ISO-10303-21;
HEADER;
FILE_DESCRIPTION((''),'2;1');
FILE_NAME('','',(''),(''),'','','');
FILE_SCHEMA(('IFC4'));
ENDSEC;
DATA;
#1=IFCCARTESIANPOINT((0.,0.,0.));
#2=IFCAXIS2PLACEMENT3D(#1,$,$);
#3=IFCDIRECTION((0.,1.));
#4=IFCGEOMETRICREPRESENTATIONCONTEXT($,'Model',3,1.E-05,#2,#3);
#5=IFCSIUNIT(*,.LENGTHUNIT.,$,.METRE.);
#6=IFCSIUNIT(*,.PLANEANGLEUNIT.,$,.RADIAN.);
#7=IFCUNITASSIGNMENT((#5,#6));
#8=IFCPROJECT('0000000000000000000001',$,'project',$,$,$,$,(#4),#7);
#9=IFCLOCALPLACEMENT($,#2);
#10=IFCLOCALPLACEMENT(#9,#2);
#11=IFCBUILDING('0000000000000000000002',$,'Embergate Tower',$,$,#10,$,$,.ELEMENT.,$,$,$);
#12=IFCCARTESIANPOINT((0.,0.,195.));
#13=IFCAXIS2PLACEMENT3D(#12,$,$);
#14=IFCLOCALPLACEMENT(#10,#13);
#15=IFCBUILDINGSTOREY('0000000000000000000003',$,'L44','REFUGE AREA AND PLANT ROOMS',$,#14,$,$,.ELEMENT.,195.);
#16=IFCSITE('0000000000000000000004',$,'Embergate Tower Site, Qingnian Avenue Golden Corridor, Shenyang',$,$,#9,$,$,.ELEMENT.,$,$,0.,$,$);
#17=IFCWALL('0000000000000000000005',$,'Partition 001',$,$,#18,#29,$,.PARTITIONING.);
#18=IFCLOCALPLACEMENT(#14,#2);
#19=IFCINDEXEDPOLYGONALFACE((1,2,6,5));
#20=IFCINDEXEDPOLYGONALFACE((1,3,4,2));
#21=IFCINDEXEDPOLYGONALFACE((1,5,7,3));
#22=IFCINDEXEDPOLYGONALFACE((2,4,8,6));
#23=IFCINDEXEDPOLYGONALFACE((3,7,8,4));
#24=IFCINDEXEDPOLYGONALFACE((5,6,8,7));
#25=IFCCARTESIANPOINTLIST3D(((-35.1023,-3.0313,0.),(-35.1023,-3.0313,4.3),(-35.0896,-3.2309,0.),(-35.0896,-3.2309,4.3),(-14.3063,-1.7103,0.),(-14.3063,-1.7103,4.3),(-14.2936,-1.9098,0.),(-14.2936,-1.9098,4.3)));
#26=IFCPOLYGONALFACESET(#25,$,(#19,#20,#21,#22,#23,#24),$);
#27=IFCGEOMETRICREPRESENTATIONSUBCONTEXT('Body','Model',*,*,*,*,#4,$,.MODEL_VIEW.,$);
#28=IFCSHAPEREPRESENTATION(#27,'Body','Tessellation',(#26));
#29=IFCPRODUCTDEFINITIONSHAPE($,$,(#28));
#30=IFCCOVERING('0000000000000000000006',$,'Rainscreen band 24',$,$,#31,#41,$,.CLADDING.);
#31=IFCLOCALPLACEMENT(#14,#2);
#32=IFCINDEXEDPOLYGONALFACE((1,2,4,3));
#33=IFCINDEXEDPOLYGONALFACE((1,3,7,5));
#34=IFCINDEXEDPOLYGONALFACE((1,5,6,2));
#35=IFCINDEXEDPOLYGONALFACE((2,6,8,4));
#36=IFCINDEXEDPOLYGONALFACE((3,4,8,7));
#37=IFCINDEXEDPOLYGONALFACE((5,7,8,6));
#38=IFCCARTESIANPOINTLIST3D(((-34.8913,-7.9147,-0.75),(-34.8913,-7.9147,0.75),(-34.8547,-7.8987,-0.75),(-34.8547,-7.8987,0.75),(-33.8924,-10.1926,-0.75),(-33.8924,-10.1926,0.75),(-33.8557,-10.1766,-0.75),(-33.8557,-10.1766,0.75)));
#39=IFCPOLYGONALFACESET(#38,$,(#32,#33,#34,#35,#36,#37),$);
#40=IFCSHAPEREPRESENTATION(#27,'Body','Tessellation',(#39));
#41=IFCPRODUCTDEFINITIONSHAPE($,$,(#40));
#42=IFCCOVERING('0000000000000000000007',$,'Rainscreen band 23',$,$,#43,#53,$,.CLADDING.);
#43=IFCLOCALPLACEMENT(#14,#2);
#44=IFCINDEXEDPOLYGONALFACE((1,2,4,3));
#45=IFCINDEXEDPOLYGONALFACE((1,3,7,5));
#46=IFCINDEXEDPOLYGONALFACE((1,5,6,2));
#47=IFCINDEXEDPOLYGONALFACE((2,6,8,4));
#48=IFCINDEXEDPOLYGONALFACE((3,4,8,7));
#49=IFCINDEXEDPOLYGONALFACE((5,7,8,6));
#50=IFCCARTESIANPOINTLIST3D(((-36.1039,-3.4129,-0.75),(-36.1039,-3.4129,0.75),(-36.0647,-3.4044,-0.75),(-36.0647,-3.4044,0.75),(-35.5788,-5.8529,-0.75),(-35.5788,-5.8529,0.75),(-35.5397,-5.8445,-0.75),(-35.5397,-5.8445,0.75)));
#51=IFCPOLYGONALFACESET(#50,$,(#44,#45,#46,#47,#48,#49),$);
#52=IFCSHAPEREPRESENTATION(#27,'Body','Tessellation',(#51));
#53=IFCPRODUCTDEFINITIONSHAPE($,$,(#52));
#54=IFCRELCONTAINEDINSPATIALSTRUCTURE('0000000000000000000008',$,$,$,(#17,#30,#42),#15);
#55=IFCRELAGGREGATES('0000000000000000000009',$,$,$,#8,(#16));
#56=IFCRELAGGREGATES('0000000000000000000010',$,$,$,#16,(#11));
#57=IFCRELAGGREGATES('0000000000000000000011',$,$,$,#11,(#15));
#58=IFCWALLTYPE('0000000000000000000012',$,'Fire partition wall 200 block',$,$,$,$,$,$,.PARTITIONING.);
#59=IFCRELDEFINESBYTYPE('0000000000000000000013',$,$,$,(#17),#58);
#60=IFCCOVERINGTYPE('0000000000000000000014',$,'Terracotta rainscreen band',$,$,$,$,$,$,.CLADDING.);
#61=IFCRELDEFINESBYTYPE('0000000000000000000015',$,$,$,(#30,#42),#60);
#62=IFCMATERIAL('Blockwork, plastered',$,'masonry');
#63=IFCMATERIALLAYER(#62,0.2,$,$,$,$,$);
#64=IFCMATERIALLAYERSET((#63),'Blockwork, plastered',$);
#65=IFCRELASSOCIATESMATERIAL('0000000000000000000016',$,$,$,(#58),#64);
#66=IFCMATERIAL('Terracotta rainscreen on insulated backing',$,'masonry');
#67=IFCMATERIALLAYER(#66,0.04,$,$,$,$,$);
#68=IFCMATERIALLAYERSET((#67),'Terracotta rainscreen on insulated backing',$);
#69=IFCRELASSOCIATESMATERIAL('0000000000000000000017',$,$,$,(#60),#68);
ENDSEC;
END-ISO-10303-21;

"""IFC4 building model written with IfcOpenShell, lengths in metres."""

from ifc_helpers import new_model, si_unit, direction, frame, frame_2d, origin, origin_2d, place, context, subcontext, project, spatial, rectangle, extrude, source, transform, mapped, material, layer, layer_set, type_object, element, save


model = new_model("IFC4")

# Units and contexts
model_context = context("Model", 3, precision=1e-05, world=origin(), true_north=direction((0.0, 1.0)))
body_context = subcontext(model_context, "Body", "Model", "MODEL_VIEW")
ifc_project = project(units=[si_unit("LENGTHUNIT", "METRE"), si_unit("PLANEANGLEUNIT", "RADIAN")], contexts=[model_context])

# Site, building, storey
site_placement = place(None, origin())
site = spatial("IfcSite", under=ifc_project, at=site_placement, Name="Embergate Tower Site, Qingnian Avenue Golden Corridor, Shenyang", CompositionType="ELEMENT", RefElevation=0.0)
building_placement = place(site_placement, origin())
building = spatial("IfcBuilding", under=site, at=building_placement, Name="Embergate Tower", CompositionType="ELEMENT")
storey_placement = place(building_placement, frame((0.0, 0.0, 195.0)))
storey = spatial("IfcBuildingStorey", under=building, at=storey_placement, Name="L44", Description="REFUGE AREA AND PLANT ROOMS", CompositionType="ELEMENT", Elevation=195.0)

# Wall
ifc_material_1 = material(Name="Blockwork, plastered", Category="masonry")
ifc_layer_1 = layer(ifc_material_1, 0.2)
ifc_layer_set_1 = layer_set([ifc_layer_1], Name="Blockwork, plastered")
wall_type_1 = type_object("IfcWallType", Name="Fire partition wall 200 block", PredefinedType="PARTITIONING", material=ifc_layer_set_1)
shared_shape_1 = source(origin(), body_context, "Body", "SweptSolid", [
    extrude(rectangle(XDim=20.8379, YDim=0.2, at=frame_2d((10.4189, 0.0))), origin(), (0.0, 0.0, 1.0), 4.3),
])
wall_1_placement = place(storey_placement, frame((-35.0959, -3.1311, 0.0), z_axis=(0.0, 0.0, 1.0), x_axis=(0.997988, 0.063397, 0.0)))
element("IfcWall", 1, at=wall_1_placement, inside=storey, type_object=wall_type_1, Name="Partition 001", PredefinedType="PARTITIONING", context=body_context, shape_type="MappedRepresentation", body=[
    mapped(shared_shape_1, transform((0.0, 0.0, 0.0))),
])

# Coverings
ifc_material_2 = material(Name="Terracotta rainscreen on insulated backing", Category="masonry")
ifc_layer_2 = layer(ifc_material_2, 0.04)
ifc_layer_set_2 = layer_set([ifc_layer_2], Name="Terracotta rainscreen on insulated backing")
covering_type = type_object("IfcCoveringType", Name="Terracotta rainscreen band", PredefinedType="CLADDING", material=ifc_layer_set_2)
shared_shape_2 = source(origin(), body_context, "Body", "SweptSolid", [
    extrude(rectangle(XDim=2.4873, YDim=0.04, at=origin_2d()), origin(), (0.0, 0.0, 1.0), 1.5),
])
covering_1_placement = place(storey_placement, frame((-34.3735, -9.0457, -0.75), z_axis=(0.0, 0.0, 1.0), x_axis=(0.40162, -0.915806, 0.0)))
element("IfcCovering", 2, at=covering_1_placement, inside=storey, type_object=covering_type, Name="Rainscreen band 24", PredefinedType="CLADDING", context=body_context, shape_type="MappedRepresentation", body=[
    mapped(shared_shape_2, transform((0.0, 0.0, 0.0))),
])
shared_shape_3 = source(origin(), body_context, "Body", "SweptSolid", [
    extrude(rectangle(XDim=2.4958, YDim=0.04, at=origin_2d()), origin(), (0.0, 0.0, 1.0), 1.5),
])
covering_2_placement = place(storey_placement, frame((-35.8218, -4.6287, -0.75), z_axis=(0.0, 0.0, 1.0), x_axis=(0.210351, -0.977626, 0.0)))
element("IfcCovering", 3, at=covering_2_placement, inside=storey, type_object=covering_type, Name="Rainscreen band 23", PredefinedType="CLADDING", context=body_context, shape_type="MappedRepresentation", body=[
    mapped(shared_shape_3, transform((0.0, 0.0, 0.0))),
])

save(model, "model.ifc")
